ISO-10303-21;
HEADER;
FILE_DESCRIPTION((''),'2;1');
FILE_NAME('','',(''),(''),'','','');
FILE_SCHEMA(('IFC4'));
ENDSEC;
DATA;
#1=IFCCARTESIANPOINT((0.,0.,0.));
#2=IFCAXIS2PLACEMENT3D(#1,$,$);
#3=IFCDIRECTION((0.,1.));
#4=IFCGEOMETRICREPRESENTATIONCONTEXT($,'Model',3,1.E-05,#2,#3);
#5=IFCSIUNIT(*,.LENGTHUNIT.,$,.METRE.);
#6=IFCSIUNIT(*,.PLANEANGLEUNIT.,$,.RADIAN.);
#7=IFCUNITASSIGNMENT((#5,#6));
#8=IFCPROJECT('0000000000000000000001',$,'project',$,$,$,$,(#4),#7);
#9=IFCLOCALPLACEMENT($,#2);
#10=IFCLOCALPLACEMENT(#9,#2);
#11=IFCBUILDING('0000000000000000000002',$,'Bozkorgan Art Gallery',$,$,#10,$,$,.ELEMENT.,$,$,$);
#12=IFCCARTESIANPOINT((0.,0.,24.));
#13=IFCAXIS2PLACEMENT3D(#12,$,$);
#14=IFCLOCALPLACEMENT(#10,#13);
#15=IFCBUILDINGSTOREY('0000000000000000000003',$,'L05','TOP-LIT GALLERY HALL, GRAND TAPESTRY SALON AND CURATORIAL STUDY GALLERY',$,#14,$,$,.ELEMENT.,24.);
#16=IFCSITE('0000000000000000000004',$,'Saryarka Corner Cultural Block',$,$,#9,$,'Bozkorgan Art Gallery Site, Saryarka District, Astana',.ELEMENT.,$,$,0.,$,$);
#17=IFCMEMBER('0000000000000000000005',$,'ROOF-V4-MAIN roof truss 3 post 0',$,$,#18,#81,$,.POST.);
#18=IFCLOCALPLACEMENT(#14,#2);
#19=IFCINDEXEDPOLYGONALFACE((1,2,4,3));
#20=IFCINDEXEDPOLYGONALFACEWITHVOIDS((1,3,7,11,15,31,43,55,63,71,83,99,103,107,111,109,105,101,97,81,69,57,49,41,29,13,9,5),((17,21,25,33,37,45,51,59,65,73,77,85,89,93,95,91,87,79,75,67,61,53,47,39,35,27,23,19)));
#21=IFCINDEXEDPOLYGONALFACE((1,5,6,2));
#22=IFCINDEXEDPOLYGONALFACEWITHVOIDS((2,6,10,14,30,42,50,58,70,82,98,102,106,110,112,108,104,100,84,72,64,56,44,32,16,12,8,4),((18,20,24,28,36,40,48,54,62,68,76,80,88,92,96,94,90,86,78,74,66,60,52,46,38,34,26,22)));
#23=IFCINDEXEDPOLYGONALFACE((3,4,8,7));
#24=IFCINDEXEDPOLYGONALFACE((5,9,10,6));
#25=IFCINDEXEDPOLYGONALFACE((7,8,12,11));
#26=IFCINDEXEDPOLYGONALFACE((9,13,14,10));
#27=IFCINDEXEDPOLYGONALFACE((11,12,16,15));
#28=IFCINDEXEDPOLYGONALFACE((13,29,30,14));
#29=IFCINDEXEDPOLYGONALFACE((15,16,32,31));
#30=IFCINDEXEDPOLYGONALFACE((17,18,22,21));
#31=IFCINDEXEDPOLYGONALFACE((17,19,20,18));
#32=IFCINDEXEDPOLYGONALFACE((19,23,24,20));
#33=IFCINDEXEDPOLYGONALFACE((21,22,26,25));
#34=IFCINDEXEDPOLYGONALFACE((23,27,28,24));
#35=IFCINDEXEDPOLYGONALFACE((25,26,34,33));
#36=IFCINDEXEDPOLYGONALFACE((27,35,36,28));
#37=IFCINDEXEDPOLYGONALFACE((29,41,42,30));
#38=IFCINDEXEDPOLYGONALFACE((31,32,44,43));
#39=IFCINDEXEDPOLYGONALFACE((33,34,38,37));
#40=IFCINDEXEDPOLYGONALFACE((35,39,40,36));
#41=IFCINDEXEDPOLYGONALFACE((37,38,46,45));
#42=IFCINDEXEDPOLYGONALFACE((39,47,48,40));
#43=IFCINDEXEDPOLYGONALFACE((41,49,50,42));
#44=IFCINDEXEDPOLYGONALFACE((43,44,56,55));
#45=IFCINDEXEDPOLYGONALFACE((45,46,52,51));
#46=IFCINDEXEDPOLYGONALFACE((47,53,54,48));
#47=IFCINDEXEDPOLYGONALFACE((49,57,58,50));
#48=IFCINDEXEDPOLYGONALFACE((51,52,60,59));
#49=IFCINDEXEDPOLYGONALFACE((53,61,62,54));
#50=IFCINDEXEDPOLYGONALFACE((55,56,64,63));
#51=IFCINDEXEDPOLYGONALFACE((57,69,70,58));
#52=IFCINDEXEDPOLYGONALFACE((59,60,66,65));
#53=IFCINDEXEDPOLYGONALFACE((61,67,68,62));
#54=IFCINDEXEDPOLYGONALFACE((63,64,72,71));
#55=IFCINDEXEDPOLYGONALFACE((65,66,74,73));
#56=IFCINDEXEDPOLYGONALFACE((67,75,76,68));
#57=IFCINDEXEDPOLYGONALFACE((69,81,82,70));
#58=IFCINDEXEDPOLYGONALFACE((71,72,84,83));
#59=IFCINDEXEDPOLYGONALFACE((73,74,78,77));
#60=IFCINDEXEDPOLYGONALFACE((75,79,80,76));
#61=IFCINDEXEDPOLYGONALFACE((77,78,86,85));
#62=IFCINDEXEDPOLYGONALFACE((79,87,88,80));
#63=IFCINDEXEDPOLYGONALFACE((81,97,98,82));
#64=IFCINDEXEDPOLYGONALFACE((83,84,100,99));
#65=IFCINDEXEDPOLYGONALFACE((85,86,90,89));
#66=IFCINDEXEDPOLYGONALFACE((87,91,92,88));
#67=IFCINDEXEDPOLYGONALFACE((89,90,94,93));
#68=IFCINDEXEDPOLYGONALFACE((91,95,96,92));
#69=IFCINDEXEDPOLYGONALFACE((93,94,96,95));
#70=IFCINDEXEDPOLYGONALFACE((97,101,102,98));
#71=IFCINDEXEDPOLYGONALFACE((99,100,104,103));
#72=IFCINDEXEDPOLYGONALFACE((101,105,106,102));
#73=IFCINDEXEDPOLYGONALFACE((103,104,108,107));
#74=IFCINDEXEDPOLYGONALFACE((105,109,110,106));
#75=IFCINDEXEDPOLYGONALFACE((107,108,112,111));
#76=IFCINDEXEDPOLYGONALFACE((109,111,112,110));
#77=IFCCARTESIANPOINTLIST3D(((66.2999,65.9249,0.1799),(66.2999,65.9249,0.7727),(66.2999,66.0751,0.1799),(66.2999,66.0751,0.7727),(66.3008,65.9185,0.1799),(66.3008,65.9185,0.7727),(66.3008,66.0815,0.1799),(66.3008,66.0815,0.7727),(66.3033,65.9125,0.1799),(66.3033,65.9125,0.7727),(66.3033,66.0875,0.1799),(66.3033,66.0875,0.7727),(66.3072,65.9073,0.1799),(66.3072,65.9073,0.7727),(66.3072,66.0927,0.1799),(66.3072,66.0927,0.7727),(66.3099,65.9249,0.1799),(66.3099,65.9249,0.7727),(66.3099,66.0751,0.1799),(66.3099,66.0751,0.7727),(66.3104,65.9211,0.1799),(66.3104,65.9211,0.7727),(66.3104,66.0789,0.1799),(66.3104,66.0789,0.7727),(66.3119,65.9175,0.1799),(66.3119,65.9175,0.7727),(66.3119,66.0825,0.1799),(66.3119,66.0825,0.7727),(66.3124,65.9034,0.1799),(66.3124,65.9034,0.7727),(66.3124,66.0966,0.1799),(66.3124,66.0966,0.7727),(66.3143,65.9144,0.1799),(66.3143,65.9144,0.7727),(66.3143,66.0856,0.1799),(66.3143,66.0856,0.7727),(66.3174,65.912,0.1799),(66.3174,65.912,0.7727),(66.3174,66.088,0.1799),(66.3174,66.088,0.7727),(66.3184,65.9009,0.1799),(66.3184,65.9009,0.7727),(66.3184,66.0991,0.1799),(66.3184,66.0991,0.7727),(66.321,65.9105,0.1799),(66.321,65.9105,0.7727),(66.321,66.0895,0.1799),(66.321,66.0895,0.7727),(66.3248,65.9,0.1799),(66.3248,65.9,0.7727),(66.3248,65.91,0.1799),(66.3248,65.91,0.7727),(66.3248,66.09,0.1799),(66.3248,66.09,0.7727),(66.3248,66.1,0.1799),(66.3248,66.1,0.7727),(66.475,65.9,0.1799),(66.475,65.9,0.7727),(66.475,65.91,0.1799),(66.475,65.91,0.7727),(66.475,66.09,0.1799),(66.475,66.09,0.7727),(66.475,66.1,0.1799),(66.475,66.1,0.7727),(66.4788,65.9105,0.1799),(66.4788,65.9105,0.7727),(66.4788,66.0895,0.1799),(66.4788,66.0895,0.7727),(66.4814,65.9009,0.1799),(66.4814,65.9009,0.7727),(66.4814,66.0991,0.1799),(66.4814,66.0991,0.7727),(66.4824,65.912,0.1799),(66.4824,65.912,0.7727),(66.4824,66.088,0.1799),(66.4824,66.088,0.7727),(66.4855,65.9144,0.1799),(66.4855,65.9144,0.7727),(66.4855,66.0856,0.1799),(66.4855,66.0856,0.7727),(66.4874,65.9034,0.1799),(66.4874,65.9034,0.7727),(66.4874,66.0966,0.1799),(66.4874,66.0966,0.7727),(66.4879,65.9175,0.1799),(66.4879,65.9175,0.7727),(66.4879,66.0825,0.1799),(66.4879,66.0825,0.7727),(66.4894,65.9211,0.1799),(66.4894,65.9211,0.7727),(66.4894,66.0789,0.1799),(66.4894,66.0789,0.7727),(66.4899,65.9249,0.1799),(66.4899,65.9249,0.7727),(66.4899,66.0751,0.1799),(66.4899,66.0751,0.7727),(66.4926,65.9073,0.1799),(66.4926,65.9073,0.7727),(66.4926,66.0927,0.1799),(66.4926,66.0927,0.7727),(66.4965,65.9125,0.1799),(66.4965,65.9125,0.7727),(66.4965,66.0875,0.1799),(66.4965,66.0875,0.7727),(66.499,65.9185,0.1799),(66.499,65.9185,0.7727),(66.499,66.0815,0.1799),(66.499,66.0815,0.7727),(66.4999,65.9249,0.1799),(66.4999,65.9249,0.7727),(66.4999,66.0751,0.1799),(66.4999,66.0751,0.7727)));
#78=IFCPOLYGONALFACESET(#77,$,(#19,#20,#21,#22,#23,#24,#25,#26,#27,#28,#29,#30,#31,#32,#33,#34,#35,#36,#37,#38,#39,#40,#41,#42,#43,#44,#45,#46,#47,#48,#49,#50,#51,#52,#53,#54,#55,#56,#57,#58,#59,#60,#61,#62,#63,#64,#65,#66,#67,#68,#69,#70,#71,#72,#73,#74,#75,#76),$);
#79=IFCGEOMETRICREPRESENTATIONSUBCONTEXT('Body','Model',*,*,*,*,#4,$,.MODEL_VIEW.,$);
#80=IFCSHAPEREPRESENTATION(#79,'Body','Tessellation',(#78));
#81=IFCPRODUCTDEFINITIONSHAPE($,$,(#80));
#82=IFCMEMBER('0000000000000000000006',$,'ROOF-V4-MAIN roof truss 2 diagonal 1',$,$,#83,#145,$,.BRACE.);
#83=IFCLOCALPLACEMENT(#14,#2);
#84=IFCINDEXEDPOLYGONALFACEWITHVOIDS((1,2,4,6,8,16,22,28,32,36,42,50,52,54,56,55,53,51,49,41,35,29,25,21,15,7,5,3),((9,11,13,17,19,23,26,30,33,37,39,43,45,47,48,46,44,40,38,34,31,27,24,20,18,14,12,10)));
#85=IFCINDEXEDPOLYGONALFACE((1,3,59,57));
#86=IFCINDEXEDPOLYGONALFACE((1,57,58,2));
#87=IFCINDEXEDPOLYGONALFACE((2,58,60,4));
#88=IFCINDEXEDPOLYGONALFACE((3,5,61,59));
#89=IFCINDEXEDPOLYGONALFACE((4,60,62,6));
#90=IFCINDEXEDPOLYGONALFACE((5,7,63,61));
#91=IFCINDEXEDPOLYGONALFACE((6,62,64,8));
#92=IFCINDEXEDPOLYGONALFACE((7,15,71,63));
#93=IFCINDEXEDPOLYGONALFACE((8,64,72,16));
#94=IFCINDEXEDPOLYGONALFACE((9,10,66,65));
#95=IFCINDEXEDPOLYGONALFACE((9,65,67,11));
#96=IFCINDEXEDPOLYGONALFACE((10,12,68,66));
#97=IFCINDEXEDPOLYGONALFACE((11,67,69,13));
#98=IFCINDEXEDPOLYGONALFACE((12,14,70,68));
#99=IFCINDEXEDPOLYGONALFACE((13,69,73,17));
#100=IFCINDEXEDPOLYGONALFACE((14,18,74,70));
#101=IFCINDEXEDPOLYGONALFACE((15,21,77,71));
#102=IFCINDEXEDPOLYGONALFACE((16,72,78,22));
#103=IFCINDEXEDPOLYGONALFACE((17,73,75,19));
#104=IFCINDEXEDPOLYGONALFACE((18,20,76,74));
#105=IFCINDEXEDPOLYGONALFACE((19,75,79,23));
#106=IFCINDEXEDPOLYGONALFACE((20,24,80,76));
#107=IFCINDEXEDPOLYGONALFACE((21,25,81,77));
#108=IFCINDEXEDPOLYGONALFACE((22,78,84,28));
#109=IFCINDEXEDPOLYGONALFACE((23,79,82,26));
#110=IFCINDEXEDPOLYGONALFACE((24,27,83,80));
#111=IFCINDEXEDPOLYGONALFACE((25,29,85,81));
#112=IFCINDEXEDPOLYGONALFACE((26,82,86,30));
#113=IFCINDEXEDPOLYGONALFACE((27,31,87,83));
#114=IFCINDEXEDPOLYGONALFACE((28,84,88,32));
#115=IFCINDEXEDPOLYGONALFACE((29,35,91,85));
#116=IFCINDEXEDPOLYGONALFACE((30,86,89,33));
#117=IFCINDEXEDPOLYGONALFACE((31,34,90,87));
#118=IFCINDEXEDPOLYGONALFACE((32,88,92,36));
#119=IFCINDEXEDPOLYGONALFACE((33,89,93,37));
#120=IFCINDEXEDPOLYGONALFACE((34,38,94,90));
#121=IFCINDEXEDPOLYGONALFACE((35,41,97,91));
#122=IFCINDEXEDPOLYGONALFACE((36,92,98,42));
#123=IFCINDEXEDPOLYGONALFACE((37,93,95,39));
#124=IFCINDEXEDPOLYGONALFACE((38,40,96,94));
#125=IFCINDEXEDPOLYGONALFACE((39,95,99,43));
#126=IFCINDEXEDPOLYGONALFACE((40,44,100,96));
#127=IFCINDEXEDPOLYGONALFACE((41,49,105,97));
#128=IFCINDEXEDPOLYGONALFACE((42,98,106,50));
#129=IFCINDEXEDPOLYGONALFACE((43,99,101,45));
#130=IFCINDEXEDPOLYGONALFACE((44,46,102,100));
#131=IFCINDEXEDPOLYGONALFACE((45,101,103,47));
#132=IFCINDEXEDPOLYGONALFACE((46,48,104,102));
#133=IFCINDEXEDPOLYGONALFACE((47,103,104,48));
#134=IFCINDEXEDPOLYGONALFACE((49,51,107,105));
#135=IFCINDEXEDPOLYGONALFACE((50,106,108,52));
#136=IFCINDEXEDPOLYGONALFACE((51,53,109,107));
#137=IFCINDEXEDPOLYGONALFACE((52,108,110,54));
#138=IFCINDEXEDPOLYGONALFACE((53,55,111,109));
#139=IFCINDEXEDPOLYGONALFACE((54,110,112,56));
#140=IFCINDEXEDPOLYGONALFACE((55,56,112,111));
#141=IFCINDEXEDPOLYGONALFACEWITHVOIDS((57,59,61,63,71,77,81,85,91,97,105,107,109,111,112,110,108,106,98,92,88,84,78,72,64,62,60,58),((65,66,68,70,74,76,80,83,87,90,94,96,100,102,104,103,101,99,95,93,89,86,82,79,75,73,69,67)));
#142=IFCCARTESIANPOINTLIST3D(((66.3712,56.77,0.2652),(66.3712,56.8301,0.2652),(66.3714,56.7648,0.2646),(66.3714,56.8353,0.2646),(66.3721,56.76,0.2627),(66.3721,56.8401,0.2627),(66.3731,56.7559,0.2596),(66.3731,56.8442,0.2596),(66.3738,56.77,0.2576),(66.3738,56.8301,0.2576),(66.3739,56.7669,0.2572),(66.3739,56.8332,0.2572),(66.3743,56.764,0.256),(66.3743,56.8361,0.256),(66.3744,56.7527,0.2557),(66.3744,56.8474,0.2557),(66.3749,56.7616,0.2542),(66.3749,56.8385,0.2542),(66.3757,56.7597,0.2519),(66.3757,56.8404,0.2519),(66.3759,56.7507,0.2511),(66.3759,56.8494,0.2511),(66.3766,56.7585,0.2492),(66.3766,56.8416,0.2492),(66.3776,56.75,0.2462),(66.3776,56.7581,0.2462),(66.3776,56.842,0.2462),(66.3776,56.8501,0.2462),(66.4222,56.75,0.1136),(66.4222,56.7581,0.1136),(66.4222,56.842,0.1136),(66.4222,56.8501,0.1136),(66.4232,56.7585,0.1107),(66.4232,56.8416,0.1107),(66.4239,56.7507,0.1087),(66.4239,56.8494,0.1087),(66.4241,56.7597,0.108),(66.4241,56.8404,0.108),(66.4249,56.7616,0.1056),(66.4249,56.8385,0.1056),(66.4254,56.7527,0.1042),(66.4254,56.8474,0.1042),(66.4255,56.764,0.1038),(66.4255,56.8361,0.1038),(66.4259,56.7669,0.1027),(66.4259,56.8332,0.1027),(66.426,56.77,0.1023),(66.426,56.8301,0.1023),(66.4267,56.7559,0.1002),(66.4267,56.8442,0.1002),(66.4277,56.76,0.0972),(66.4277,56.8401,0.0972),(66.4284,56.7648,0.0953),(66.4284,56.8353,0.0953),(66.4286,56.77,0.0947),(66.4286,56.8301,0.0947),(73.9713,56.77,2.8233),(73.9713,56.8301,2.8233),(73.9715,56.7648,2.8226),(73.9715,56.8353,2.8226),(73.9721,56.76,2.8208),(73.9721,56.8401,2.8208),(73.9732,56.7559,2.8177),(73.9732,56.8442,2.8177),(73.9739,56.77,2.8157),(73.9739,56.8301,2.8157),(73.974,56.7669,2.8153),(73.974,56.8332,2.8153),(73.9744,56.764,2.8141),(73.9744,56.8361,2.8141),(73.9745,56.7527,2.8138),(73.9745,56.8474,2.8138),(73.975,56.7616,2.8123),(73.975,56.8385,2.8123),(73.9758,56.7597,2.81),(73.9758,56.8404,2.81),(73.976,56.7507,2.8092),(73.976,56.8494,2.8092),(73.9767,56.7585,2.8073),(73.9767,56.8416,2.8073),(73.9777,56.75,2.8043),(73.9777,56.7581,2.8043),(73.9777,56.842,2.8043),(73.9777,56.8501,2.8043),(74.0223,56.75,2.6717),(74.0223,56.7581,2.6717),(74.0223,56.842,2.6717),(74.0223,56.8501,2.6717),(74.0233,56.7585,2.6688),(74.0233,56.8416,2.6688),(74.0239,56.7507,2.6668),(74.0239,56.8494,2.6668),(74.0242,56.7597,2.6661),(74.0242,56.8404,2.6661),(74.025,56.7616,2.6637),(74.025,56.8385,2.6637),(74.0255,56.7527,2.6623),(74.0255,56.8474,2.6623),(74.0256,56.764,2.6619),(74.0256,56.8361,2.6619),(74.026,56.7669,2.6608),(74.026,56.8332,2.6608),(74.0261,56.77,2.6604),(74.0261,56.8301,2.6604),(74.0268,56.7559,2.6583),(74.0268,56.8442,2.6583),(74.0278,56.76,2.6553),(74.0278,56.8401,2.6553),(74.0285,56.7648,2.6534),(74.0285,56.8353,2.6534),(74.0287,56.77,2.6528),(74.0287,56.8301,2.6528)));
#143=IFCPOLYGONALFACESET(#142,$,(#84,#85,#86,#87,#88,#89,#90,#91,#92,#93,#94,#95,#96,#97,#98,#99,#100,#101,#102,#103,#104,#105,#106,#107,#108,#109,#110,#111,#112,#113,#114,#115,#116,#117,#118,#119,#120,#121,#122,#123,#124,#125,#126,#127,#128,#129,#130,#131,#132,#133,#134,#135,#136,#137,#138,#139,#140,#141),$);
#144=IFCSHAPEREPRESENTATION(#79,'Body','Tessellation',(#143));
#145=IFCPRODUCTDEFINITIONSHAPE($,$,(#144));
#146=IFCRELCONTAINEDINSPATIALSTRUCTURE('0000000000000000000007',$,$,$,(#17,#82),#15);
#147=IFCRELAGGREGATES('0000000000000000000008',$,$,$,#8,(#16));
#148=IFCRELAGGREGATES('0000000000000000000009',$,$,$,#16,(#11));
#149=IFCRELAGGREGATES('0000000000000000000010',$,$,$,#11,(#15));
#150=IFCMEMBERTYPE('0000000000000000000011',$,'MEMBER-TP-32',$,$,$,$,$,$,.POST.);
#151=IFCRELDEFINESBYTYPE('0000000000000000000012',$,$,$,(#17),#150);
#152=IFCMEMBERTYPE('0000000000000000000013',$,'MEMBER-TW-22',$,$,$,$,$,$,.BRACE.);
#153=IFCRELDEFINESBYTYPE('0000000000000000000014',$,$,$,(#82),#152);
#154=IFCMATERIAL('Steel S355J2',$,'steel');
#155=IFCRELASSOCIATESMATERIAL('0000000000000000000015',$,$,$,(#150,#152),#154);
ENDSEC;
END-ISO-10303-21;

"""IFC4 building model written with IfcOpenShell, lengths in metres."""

from ifc_helpers import new_model, si_unit, direction, frame, origin, origin_2d, place, context, subcontext, project, spatial, hollow_rectangle, extrude, material, material_profile, profile_set, type_object, element, save


model = new_model("IFC4")

# Units and contexts
model_context = context("Model", 3, precision=1e-05, world=origin(), true_north=direction((0.0, 1.0)))
body_context = subcontext(model_context, "Body", "Model", "MODEL_VIEW")
ifc_project = project(units=[si_unit("LENGTHUNIT", "METRE"), si_unit("PLANEANGLEUNIT", "RADIAN")], contexts=[model_context])

# Site, building, storey
site_placement = place(None, origin())
site = spatial("IfcSite", under=ifc_project, at=site_placement, Name="Saryarka Corner Cultural Block", LongName="Bozkorgan Art Gallery Site, Saryarka District, Astana", CompositionType="ELEMENT", RefElevation=0.0)
building_placement = place(site_placement, origin())
building = spatial("IfcBuilding", under=site, at=building_placement, Name="Bozkorgan Art Gallery", CompositionType="ELEMENT")
storey_placement = place(building_placement, frame((0.0, 0.0, 24.0)))
storey = spatial("IfcBuildingStorey", under=building, at=storey_placement, Name="L05", Description="TOP-LIT GALLERY HALL, GRAND TAPESTRY SALON AND CURATORIAL STUDY GALLERY", CompositionType="ELEMENT", Elevation=24.0)

# Shared definitions
ifc_material_1 = material(Name="Steel S355J2", Category="steel")

# Members
ifc_material_profile_1 = material_profile(ifc_material_1, hollow_rectangle(XDim=0.2, YDim=0.2, WallThickness=0.01, InnerFilletRadius=0.0149, OuterFilletRadius=0.0249, at=origin_2d()), Name="SHS 200x200x10")
ifc_profile_set_1 = profile_set([ifc_material_profile_1], Name="Steel S355J2")
member_type_1 = type_object("IfcMemberType", Name="MEMBER-TP-32", PredefinedType="POST", material=ifc_profile_set_1)
member_1_placement = place(storey_placement, frame((66.3999, 66.0, 0.1799), z_axis=(0.0, 0.0, 1.0), x_axis=(1.0, 0.0, 0.0)))
element("IfcMember", 1, at=member_1_placement, inside=storey, type_object=member_type_1, Name="ROOF-V4-MAIN roof truss 3 post 0", PredefinedType="POST", context=body_context, shape_type="SweptSolid", body=[
    extrude(hollow_rectangle(XDim=0.2, YDim=0.2, WallThickness=0.01, InnerFilletRadius=0.0149, OuterFilletRadius=0.0249, at=origin_2d()), origin(), (0.0, 0.0, 1.0), 0.5928),
])
ifc_material_profile_2 = material_profile(ifc_material_1, hollow_rectangle(XDim=0.1001, YDim=0.1799, WallThickness=0.0081, InnerFilletRadius=0.012, OuterFilletRadius=0.02, at=origin_2d()), Name="RHS 180x100x8")
ifc_profile_set_2 = profile_set([ifc_material_profile_2], Name="Steel S355J2")
member_type_2 = type_object("IfcMemberType", Name="MEMBER-TW-22", PredefinedType="BRACE", material=ifc_profile_set_2)
member_2_placement = place(storey_placement, frame((66.3999, 56.8, 0.1799), z_axis=(0.947754, 0.0, 0.319003), x_axis=(0.0, 1.0, 0.0)))
element("IfcMember", 2, at=member_2_placement, inside=storey, type_object=member_type_2, Name="ROOF-V4-MAIN roof truss 2 diagonal 1", PredefinedType="BRACE", context=body_context, shape_type="SweptSolid", body=[
    extrude(hollow_rectangle(XDim=0.1001, YDim=0.1799, WallThickness=0.0081, InnerFilletRadius=0.012, OuterFilletRadius=0.02, at=origin_2d()), origin(), (0.0, 0.0, 1.0), 8.019),
])

save(model, "model.ifc")
